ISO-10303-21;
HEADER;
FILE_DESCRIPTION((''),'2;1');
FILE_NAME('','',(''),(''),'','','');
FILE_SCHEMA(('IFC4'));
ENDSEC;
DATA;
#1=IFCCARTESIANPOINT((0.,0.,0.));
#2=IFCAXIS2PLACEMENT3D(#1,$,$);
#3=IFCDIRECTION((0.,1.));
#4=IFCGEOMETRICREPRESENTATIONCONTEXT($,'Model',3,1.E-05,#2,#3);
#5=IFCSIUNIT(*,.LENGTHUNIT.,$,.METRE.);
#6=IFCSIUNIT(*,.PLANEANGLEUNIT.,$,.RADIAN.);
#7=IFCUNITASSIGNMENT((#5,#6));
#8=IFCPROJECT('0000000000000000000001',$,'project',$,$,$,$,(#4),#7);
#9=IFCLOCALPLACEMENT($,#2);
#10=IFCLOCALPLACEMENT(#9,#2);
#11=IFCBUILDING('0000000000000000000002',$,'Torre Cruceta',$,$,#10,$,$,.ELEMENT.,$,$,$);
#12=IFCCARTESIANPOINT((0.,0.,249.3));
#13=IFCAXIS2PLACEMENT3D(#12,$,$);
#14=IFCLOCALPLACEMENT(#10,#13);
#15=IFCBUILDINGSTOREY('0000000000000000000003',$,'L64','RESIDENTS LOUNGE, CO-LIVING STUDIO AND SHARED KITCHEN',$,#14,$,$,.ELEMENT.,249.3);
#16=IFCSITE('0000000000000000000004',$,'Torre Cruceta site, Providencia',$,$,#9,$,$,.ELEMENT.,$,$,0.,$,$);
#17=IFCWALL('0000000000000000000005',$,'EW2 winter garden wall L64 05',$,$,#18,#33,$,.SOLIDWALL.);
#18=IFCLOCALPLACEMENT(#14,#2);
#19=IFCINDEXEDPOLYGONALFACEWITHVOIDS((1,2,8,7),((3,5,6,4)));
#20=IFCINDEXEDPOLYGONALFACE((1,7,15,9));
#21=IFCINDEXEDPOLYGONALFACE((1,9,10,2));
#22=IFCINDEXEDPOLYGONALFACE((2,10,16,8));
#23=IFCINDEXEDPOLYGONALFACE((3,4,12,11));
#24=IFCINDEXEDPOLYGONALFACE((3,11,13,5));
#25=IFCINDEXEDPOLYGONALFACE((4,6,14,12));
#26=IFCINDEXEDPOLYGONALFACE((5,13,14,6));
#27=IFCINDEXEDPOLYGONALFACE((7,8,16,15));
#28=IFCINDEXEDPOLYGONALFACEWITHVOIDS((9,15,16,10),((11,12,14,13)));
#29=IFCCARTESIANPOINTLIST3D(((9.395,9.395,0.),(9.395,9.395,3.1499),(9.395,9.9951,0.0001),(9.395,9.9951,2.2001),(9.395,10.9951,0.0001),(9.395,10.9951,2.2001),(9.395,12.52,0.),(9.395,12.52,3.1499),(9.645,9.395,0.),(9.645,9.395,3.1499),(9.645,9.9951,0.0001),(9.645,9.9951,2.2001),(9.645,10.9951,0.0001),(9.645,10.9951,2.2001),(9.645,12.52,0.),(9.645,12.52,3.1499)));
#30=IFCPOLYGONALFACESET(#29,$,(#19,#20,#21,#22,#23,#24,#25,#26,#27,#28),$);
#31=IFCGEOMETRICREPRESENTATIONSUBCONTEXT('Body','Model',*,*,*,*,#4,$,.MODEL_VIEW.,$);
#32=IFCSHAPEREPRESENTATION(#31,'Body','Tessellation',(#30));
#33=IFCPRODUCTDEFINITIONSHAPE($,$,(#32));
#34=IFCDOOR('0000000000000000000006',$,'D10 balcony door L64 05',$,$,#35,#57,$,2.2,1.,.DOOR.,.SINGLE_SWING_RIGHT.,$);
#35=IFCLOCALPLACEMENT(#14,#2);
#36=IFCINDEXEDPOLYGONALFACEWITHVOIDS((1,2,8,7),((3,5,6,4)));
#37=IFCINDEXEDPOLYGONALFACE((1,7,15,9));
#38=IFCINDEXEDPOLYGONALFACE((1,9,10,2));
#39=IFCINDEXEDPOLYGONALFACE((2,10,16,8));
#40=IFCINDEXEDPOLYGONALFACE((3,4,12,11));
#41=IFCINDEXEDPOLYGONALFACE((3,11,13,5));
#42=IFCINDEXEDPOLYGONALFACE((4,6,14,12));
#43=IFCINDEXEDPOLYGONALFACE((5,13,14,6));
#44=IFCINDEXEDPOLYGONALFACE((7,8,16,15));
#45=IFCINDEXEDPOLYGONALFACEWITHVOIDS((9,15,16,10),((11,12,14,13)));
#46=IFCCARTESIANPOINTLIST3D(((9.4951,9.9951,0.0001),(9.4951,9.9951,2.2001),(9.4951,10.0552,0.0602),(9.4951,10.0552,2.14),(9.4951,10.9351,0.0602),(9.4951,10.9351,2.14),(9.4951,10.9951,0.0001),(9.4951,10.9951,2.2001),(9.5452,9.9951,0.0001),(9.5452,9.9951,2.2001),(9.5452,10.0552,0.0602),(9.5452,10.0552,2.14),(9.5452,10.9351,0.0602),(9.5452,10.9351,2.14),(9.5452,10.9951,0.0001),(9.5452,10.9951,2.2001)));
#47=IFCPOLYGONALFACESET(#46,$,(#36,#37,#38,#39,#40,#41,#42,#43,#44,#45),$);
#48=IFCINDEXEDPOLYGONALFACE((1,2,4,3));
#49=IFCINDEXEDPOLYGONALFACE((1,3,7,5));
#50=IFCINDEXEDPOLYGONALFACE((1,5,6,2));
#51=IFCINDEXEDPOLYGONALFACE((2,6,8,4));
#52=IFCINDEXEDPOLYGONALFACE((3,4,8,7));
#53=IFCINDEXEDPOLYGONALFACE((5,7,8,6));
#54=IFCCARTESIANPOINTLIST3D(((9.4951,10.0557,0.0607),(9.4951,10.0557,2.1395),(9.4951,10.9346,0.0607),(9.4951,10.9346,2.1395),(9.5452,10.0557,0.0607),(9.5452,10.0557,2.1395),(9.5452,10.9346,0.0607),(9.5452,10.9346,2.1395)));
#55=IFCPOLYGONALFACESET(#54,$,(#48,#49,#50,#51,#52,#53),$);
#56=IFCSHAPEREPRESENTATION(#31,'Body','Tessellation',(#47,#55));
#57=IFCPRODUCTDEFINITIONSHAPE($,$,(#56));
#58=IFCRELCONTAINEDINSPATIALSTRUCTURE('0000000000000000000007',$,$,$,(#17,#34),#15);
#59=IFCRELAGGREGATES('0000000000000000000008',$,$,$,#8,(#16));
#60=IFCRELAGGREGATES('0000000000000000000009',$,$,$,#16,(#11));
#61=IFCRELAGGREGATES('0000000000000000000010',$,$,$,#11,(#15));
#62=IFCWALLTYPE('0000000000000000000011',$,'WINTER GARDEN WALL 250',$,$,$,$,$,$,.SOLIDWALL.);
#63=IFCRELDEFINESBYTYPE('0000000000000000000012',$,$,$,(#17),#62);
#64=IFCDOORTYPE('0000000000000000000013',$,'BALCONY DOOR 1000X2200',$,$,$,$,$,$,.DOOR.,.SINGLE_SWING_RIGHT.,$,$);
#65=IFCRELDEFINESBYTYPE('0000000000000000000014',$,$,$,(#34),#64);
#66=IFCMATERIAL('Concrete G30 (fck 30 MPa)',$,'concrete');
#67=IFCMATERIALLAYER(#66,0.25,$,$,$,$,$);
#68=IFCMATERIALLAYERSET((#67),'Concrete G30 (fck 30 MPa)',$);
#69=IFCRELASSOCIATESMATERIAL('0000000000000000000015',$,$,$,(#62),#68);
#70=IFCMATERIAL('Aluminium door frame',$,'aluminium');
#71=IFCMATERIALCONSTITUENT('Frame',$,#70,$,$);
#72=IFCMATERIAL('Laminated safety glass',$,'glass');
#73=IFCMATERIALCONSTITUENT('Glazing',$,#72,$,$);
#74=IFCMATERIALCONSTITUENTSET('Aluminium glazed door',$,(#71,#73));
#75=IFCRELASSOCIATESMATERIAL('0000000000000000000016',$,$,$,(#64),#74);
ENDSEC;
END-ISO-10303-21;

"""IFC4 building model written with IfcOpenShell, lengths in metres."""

from ifc_helpers import new_model, si_unit, direction, frame, frame_2d, origin, place, context, subcontext, project, spatial, rectangle, hollow_rectangle, extrude, material, layer, layer_set, constituent, constituent_set, type_object, element, fill, save


model = new_model("IFC4")

# Units and contexts
model_context = context("Model", 3, precision=1e-05, world=origin(), true_north=direction((0.0, 1.0)))
body_context = subcontext(model_context, "Body", "Model", "MODEL_VIEW")
ifc_project = project(units=[si_unit("LENGTHUNIT", "METRE"), si_unit("PLANEANGLEUNIT", "RADIAN")], contexts=[model_context])

# Site, building, storey
site_placement = place(None, origin())
site = spatial("IfcSite", under=ifc_project, at=site_placement, Name="Torre Cruceta site, Providencia", CompositionType="ELEMENT", RefElevation=0.0)
building_placement = place(site_placement, origin())
building = spatial("IfcBuilding", under=site, at=building_placement, Name="Torre Cruceta", CompositionType="ELEMENT")
storey_placement = place(building_placement, frame((0.0, 0.0, 249.3)))
storey = spatial("IfcBuildingStorey", under=building, at=storey_placement, Name="L64", Description="RESIDENTS LOUNGE, CO-LIVING STUDIO AND SHARED KITCHEN", CompositionType="ELEMENT", Elevation=249.3)

# Wall, opening, door
ifc_material_1 = material(Name="Concrete G30 (fck 30 MPa)", Category="concrete")
ifc_layer_1 = layer(ifc_material_1, 0.25)
ifc_layer_set_1 = layer_set([ifc_layer_1], Name="Concrete G30 (fck 30 MPa)")
wall_type_1 = type_object("IfcWallType", Name="WINTER GARDEN WALL 250", PredefinedType="SOLIDWALL", material=ifc_layer_set_1)
ifc_material_2 = material(Name="Aluminium door frame", Category="aluminium")
ifc_constituent_1 = constituent(ifc_material_2, Name="Frame")
ifc_material_3 = material(Name="Laminated safety glass", Category="glass")
ifc_constituent_2 = constituent(ifc_material_3, Name="Glazing")
ifc_constituent_set_1 = constituent_set(constituents=[ifc_constituent_1, ifc_constituent_2], Name="Aluminium glazed door")
door_type_1 = type_object("IfcDoorType", Name="BALCONY DOOR 1000X2200", OperationType="SINGLE_SWING_RIGHT", PredefinedType="DOOR", material=ifc_constituent_set_1)
wall_1_placement = place(storey_placement, frame((9.52, 9.395, 0.0), z_axis=(0.0, 0.0, 1.0), x_axis=(0.0, 1.0, 0.0)))
wall_1 = element("IfcWall", 1, at=wall_1_placement, inside=storey, type_object=wall_type_1, Name="EW2 winter garden wall L64 05", PredefinedType="SOLIDWALL", context=body_context, shape_type="SweptSolid", body=[
    extrude(rectangle(XDim=3.125, YDim=0.25, at=frame_2d((1.5625, 0.0))), origin(), (0.0, 0.0, 1.0), 3.1499),
])
opening_1_placement = place(wall_1_placement, frame((0.6001, 0.0, 0.0)))
opening_1 = element("IfcOpeningElement", 2, at=opening_1_placement, cuts=wall_1, PredefinedType="OPENING", context=body_context, shape_type="SweptSolid", body=[
    extrude(rectangle(XDim=1.0, YDim=2.2, at=frame_2d((0.5, 1.1001))), frame((0.0, 0.135, 0.0), z_axis=(0.0, -1.0, 0.0), x_axis=(1.0, 0.0, 0.0)), (0.0, 0.0, 1.0), 0.27),
])
door_1_placement = place(opening_1_placement, origin())
door_1 = element("IfcDoor", 3, at=door_1_placement, inside=storey, type_object=door_type_1, Name="D10 balcony door L64 05", OperationType="SINGLE_SWING_RIGHT", OverallHeight=2.2, OverallWidth=1.0, PredefinedType="DOOR", context=body_context, shape_type="SweptSolid", body=[
    extrude(hollow_rectangle(XDim=1.0, YDim=2.2, WallThickness=0.0601, at=frame_2d((0.5, 1.1001))), frame((0.0, 0.0249, 0.0), z_axis=(0.0, -1.0, 0.0), x_axis=(1.0, 0.0, 0.0)), (0.0, 0.0, 1.0), 0.05),
    extrude(rectangle(XDim=0.8789, YDim=2.0789, at=frame_2d((0.5, 1.1001))), frame((0.0, 0.0249, 0.0), z_axis=(0.0, -1.0, 0.0), x_axis=(1.0, 0.0, 0.0)), (0.0, 0.0, 1.0), 0.05),
])
fill(opening_1, door_1)

save(model, "model.ifc")
